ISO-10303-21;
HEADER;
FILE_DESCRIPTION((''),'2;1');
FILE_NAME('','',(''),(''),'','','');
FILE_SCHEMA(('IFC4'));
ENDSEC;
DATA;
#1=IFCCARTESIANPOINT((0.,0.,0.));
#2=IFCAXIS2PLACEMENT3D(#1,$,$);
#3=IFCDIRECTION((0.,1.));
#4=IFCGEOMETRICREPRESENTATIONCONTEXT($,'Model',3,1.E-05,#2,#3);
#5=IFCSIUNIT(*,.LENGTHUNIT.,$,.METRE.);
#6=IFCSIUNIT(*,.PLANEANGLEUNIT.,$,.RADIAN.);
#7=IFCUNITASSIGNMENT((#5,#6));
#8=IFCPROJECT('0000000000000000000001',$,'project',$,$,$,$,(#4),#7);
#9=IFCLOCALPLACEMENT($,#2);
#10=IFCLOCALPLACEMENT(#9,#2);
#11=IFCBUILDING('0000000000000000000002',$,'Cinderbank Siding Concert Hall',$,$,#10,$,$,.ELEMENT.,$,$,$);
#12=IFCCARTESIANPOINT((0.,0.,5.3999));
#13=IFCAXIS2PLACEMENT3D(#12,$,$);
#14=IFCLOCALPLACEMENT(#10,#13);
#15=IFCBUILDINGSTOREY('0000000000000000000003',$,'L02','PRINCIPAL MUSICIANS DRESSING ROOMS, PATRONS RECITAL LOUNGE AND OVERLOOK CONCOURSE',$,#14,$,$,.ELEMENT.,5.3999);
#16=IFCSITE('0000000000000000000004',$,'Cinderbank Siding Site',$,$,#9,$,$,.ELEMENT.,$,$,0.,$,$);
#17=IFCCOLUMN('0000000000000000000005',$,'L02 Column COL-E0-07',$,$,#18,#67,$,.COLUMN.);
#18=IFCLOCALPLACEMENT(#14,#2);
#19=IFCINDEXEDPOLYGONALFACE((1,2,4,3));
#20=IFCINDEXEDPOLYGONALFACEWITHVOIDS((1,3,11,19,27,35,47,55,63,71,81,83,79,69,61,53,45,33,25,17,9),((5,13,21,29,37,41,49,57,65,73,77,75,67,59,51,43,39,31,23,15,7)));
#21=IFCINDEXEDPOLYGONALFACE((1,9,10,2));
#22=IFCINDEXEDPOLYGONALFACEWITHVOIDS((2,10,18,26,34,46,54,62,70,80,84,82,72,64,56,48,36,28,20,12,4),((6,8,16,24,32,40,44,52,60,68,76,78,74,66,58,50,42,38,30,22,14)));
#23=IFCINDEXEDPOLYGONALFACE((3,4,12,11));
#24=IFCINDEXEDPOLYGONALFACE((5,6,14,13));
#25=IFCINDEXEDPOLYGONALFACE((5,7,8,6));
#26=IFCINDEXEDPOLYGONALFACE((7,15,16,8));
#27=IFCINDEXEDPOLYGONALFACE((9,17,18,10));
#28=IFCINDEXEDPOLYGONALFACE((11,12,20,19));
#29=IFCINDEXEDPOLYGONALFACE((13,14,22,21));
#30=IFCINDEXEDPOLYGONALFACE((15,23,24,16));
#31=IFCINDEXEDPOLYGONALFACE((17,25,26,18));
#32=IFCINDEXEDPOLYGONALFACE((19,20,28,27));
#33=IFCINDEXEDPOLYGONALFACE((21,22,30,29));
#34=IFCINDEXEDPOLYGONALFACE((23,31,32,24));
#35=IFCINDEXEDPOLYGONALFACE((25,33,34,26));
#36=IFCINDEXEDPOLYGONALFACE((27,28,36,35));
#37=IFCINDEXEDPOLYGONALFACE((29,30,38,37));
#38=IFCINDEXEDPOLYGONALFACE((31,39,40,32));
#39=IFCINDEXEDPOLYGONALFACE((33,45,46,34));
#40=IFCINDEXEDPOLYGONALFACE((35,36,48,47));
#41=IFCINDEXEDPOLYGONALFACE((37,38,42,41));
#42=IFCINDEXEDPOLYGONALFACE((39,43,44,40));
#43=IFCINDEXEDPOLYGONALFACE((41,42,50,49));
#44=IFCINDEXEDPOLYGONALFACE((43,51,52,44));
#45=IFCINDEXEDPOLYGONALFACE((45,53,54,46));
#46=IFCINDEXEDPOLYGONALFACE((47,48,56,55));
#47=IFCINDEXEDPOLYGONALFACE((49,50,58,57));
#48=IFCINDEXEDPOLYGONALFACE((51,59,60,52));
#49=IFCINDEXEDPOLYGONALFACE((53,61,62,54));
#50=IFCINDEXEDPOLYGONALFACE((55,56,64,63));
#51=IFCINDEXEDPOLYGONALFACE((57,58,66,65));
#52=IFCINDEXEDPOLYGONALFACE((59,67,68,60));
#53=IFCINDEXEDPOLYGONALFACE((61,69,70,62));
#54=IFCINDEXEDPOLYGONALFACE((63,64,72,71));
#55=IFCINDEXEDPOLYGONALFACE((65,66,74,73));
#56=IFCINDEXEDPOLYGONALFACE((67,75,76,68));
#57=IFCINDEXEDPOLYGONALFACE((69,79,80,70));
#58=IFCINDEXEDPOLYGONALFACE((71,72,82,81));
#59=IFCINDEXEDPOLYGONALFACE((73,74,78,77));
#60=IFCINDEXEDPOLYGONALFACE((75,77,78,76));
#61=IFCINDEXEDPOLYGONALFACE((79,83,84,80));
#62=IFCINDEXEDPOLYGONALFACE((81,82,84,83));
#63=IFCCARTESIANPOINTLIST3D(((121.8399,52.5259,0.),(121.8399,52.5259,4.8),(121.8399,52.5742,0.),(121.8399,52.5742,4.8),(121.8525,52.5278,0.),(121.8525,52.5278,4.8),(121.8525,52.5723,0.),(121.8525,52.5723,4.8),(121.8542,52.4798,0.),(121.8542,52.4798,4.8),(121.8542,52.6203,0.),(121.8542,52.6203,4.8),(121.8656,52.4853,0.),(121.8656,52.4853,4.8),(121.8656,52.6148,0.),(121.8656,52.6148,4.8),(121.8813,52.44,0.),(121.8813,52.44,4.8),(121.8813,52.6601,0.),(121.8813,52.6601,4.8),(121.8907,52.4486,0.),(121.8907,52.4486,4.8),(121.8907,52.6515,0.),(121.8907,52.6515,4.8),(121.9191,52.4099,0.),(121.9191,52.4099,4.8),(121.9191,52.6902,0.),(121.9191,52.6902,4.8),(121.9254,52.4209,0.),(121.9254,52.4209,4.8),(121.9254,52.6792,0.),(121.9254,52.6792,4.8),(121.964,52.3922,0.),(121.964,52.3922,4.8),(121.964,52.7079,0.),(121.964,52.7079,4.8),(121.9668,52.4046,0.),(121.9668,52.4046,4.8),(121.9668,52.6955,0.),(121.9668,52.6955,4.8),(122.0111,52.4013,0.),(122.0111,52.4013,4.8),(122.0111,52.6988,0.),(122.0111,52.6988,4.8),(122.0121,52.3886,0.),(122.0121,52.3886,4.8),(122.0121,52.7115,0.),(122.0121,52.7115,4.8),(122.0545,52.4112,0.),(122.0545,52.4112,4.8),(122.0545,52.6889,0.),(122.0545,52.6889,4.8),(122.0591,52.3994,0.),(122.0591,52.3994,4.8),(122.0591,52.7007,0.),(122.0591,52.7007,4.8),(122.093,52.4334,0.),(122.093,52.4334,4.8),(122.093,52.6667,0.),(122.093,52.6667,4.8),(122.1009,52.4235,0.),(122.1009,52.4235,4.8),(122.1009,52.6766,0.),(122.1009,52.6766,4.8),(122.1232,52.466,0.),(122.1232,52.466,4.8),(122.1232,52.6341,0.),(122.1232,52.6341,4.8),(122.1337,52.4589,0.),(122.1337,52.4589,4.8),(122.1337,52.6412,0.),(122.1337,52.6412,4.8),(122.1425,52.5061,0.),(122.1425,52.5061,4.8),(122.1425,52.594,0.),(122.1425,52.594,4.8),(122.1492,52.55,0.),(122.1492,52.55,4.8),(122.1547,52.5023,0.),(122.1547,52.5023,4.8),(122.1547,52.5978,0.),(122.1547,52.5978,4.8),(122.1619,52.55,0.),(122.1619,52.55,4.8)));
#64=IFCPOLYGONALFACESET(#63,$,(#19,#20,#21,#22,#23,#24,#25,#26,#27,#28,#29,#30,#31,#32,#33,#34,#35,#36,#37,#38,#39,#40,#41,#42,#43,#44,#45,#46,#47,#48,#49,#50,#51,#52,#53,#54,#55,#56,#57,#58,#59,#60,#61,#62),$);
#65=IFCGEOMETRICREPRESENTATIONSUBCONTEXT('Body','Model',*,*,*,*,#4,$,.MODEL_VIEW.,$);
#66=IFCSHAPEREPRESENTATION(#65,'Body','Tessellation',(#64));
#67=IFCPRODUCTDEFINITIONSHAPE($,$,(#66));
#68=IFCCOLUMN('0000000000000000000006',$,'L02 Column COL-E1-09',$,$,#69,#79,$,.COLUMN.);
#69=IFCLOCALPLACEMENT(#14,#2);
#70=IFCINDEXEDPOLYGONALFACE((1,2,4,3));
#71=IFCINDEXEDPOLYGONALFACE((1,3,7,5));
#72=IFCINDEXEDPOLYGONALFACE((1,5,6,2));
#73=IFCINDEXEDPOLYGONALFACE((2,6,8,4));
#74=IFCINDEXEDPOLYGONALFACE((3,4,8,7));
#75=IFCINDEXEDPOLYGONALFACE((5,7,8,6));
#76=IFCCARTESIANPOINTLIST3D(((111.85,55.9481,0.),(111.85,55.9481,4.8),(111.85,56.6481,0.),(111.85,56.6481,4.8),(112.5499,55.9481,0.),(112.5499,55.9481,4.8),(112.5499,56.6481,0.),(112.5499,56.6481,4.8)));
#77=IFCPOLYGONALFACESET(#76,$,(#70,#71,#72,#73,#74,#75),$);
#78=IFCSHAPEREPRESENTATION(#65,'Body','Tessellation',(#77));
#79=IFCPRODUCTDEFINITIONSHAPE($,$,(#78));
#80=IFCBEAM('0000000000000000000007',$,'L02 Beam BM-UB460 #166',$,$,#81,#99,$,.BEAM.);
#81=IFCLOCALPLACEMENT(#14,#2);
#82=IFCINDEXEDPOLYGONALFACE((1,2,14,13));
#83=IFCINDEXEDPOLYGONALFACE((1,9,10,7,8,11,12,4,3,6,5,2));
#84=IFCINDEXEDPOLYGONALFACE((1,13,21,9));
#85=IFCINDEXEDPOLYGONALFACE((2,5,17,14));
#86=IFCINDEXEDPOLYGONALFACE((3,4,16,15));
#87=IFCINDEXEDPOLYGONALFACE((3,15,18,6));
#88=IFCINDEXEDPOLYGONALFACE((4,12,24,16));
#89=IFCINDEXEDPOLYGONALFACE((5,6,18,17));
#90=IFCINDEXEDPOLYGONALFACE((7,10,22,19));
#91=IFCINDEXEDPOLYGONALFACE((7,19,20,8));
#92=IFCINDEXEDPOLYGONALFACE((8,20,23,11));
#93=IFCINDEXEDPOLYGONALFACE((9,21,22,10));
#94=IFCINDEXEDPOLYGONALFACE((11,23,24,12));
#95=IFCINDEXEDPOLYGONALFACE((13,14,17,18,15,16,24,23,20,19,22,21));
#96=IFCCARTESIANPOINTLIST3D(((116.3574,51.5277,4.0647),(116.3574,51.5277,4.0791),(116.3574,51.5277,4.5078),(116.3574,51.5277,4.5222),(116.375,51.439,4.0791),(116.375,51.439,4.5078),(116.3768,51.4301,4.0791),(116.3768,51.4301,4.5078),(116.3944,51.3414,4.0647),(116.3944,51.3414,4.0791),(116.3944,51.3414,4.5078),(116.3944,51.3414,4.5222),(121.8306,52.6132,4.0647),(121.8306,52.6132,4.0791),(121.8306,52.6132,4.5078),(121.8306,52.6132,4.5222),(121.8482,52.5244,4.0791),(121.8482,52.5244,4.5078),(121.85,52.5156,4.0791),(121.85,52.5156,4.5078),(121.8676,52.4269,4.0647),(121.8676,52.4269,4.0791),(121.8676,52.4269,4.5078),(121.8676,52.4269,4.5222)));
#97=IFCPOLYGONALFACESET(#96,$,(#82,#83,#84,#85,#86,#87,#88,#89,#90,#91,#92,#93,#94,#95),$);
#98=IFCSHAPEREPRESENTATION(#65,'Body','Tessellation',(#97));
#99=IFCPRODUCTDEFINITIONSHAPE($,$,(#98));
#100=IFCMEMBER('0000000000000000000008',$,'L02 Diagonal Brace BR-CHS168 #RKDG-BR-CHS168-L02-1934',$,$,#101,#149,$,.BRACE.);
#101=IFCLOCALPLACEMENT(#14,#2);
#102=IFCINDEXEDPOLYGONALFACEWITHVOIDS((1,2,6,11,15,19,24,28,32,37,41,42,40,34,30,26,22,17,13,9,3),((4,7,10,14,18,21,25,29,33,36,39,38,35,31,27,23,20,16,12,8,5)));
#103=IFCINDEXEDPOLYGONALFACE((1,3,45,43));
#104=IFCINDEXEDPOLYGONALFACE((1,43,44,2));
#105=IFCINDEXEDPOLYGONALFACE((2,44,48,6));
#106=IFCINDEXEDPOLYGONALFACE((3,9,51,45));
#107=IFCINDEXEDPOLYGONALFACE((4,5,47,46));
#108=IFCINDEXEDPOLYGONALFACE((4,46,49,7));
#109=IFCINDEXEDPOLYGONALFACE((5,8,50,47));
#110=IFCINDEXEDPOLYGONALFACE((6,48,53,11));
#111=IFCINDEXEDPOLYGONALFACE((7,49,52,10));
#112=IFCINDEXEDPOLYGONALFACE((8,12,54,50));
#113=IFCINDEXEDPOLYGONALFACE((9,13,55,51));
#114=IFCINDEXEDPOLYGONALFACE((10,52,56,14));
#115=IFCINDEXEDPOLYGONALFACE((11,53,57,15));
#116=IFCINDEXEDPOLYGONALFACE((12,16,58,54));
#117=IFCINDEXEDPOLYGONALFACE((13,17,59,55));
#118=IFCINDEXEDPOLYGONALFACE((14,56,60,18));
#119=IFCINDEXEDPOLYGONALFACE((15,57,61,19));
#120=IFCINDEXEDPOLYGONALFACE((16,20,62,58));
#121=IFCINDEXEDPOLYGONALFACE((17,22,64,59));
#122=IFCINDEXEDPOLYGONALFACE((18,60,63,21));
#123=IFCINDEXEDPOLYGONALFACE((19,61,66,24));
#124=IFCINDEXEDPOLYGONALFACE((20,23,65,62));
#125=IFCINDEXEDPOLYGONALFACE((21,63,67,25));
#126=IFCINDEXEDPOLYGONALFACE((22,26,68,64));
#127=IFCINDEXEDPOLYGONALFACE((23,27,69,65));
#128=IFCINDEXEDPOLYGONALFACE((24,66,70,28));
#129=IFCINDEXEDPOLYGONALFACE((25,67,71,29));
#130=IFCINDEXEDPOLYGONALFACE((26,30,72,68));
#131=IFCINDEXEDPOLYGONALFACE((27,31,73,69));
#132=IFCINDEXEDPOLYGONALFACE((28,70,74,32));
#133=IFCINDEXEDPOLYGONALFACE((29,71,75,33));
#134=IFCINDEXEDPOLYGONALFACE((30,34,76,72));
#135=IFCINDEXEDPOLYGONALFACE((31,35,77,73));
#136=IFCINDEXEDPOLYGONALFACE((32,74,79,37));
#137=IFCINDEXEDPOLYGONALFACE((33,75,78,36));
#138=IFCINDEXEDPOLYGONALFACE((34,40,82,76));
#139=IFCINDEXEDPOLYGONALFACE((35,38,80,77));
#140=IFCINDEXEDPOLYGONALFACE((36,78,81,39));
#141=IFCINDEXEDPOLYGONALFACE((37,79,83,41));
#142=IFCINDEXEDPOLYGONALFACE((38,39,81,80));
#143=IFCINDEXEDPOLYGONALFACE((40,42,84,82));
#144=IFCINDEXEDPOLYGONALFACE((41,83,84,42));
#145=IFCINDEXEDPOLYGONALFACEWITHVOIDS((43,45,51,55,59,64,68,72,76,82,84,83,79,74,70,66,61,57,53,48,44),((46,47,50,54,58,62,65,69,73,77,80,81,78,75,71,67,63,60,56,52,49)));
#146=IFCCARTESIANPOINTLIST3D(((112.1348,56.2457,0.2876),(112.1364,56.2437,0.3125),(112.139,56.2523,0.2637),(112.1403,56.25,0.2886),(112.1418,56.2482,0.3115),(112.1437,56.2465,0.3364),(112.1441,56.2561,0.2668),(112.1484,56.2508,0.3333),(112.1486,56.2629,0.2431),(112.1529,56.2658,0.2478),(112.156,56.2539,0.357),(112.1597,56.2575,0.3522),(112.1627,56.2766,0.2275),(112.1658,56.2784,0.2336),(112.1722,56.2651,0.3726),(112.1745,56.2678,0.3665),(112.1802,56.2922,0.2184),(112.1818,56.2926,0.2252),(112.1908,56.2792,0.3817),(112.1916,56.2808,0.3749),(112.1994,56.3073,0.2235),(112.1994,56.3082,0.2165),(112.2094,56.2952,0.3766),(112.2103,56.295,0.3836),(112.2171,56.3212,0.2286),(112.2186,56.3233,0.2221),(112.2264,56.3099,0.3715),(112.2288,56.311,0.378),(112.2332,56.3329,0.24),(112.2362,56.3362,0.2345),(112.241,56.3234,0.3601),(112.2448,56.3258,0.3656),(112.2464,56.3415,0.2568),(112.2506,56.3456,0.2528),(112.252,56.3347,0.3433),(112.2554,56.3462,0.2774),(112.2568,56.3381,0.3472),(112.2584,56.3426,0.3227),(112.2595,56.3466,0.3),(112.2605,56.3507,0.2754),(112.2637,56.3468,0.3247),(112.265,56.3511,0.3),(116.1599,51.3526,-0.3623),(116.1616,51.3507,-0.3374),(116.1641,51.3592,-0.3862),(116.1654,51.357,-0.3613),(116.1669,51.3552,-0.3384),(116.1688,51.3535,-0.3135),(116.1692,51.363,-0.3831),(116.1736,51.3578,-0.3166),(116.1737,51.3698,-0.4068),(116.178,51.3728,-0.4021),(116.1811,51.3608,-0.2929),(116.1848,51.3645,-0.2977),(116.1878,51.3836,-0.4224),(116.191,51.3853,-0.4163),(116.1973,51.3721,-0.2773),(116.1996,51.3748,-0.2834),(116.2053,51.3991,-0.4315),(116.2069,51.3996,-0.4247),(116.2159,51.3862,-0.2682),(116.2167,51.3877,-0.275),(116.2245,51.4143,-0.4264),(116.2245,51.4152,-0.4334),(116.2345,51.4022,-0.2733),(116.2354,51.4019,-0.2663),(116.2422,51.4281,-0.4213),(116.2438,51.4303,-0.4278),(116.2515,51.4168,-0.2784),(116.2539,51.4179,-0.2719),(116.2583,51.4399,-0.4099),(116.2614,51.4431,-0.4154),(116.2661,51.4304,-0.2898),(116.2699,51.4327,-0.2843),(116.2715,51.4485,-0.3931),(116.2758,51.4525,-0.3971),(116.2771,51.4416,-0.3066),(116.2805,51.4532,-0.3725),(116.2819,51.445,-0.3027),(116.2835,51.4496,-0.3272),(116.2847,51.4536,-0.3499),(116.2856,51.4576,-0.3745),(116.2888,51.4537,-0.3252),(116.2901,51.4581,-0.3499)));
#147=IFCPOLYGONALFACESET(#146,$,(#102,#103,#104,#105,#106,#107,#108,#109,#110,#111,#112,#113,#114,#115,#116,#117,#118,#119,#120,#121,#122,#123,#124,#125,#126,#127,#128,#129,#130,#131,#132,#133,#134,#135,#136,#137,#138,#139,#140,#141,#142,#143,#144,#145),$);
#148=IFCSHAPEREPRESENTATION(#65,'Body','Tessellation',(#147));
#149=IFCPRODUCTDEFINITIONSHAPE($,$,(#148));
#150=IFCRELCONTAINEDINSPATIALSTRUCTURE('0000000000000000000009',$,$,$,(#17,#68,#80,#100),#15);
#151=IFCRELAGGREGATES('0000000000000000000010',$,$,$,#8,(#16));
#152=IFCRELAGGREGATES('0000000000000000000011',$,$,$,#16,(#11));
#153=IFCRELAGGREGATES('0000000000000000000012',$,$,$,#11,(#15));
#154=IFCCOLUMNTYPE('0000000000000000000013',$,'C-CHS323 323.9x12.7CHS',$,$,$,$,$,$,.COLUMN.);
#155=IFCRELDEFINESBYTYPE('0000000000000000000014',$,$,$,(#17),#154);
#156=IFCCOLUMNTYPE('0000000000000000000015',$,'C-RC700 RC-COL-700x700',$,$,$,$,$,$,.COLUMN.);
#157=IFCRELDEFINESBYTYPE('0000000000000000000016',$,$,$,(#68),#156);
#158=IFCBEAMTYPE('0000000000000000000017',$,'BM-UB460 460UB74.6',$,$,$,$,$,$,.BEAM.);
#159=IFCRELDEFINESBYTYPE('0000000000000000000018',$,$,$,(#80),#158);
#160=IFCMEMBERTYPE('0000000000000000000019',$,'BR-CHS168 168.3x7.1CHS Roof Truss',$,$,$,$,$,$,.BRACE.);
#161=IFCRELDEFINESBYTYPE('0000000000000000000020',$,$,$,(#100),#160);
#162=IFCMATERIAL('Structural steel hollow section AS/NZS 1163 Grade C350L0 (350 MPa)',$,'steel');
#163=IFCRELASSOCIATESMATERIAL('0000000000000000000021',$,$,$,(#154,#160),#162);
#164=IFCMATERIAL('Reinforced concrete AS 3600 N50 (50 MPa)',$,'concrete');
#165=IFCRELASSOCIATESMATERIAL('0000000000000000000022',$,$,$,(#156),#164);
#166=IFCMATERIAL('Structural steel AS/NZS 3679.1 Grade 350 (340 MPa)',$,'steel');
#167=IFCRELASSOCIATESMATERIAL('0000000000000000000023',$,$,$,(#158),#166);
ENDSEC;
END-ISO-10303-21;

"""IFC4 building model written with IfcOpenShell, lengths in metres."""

from ifc_helpers import new_model, si_unit, direction, frame, origin, origin_2d, place, context, subcontext, project, spatial, rectangle, hollow_circle, i_section, extrude, material, material_profile, profile_set, type_object, element, save


model = new_model("IFC4")

# Units and contexts
model_context = context("Model", 3, precision=1e-05, world=origin(), true_north=direction((0.0, 1.0)))
body_context = subcontext(model_context, "Body", "Model", "MODEL_VIEW")
ifc_project = project(units=[si_unit("LENGTHUNIT", "METRE"), si_unit("PLANEANGLEUNIT", "RADIAN")], contexts=[model_context])

# Site, building, storey
site_placement = place(None, origin())
site = spatial("IfcSite", under=ifc_project, at=site_placement, Name="Cinderbank Siding Site", CompositionType="ELEMENT", RefElevation=0.0)
building_placement = place(site_placement, origin())
building = spatial("IfcBuilding", under=site, at=building_placement, Name="Cinderbank Siding Concert Hall", CompositionType="ELEMENT")
storey_placement = place(building_placement, frame((0.0, 0.0, 5.3999)))
storey = spatial("IfcBuildingStorey", under=building, at=storey_placement, Name="L02", Description="PRINCIPAL MUSICIANS DRESSING ROOMS, PATRONS RECITAL LOUNGE AND OVERLOOK CONCOURSE", CompositionType="ELEMENT", Elevation=5.3999)

# Columns
ifc_material_1 = material(Name="Structural steel hollow section AS/NZS 1163 Grade C350L0 (350 MPa)", Category="steel")
ifc_material_profile_1 = material_profile(ifc_material_1, hollow_circle(Radius=0.1619, WallThickness=0.0127, at=origin_2d()), Name="323.9x12.7CHS", Category="LoadBearing")
ifc_profile_set_1 = profile_set([ifc_material_profile_1], Name="Structural steel hollow section AS/NZS 1163 Grade C350L0 (350 MPa)")
column_type_1 = type_object("IfcColumnType", Name="C-CHS323 323.9x12.7CHS", PredefinedType="COLUMN", material=ifc_profile_set_1)
column_1_placement = place(storey_placement, frame((122.0, 52.55, 0.0), z_axis=(0.0, 0.0, 1.0), x_axis=(1.0, 0.0, 0.0)))
element("IfcColumn", 1, at=column_1_placement, inside=storey, type_object=column_type_1, Name="L02 Column COL-E0-07", PredefinedType="COLUMN", context=body_context, shape_type="SweptSolid", body=[
    extrude(hollow_circle(Radius=0.1619, WallThickness=0.0127, at=origin_2d()), origin(), (0.0, 0.0, 1.0), 4.8),
])
ifc_material_2 = material(Name="Reinforced concrete AS 3600 N50 (50 MPa)", Category="concrete")
ifc_material_profile_2 = material_profile(ifc_material_2, rectangle(XDim=0.7, YDim=0.7, at=origin_2d()), Name="RC-COL-700x700", Category="LoadBearing")
ifc_profile_set_2 = profile_set([ifc_material_profile_2], Name="Reinforced concrete AS 3600 N50 (50 MPa)")
column_type_2 = type_object("IfcColumnType", Name="C-RC700 RC-COL-700x700", PredefinedType="COLUMN", material=ifc_profile_set_2)
column_2_placement = place(storey_placement, frame((112.2, 56.2981, 0.0), z_axis=(0.0, 0.0, 1.0), x_axis=(1.0, 0.0, 0.0)))
element("IfcColumn", 2, at=column_2_placement, inside=storey, type_object=column_type_2, Name="L02 Column COL-E1-09", PredefinedType="COLUMN", context=body_context, shape_type="SweptSolid", body=[
    extrude(rectangle(XDim=0.7, YDim=0.7, at=origin_2d()), origin(), (0.0, 0.0, 1.0), 4.8),
])

# Beam
ifc_material_3 = material(Name="Structural steel AS/NZS 3679.1 Grade 350 (340 MPa)", Category="steel")
ifc_material_profile_3 = material_profile(ifc_material_3, i_section(OverallWidth=0.1899, OverallDepth=0.4575, WebThickness=0.009, FlangeThickness=0.0144, at=origin_2d()), Name="460UB74.6", Category="LoadBearing")
ifc_profile_set_3 = profile_set([ifc_material_profile_3], Name="Structural steel AS/NZS 3679.1 Grade 350 (340 MPa)")
beam_type = type_object("IfcBeamType", Name="BM-UB460 460UB74.6", PredefinedType="BEAM", material=ifc_profile_set_3)
beam_placement = place(storey_placement, frame((121.8491, 52.52, 4.2935), z_axis=(-0.980896, -0.194534, 0.0), x_axis=(0.194534, -0.980896, 0.0)))
element("IfcBeam", 3, at=beam_placement, inside=storey, type_object=beam_type, Name="L02 Beam BM-UB460 #166", PredefinedType="BEAM", context=body_context, shape_type="SweptSolid", body=[
    extrude(i_section(OverallWidth=0.1899, OverallDepth=0.4575, WebThickness=0.009, FlangeThickness=0.0144, at=origin_2d()), origin(), (0.0, 0.0, 1.0), 5.5798),
])

# Member
ifc_material_profile_4 = material_profile(ifc_material_1, hollow_circle(Radius=0.0842, WallThickness=0.0071, at=origin_2d()), Name="168.3x7.1CHS", Category="LoadBearing")
ifc_profile_set_4 = profile_set([ifc_material_profile_4], Name="Structural steel hollow section AS/NZS 1163 Grade C350L0 (350 MPa)")
member_type_1 = type_object("IfcMemberType", Name="BR-CHS168 168.3x7.1CHS Roof Truss", PredefinedType="BRACE", material=ifc_profile_set_4)
member_1_placement = place(storey_placement, frame((112.2, 56.2976, 0.3), z_axis=(0.631974, -0.768243, -0.102039), x_axis=(0.772274, 0.63529, 0.0)))
element("IfcMember", 4, at=member_1_placement, inside=storey, type_object=member_type_1, Name="L02 Diagonal Brace BR-CHS168 #RKDG-BR-CHS168-L02-1934", PredefinedType="BRACE", context=body_context, shape_type="SweptSolid", body=[
    extrude(hollow_circle(Radius=0.0842, WallThickness=0.0071, at=origin_2d()), origin(), (0.0, 0.0, 1.0), 6.3691),
])

save(model, "model.ifc")
